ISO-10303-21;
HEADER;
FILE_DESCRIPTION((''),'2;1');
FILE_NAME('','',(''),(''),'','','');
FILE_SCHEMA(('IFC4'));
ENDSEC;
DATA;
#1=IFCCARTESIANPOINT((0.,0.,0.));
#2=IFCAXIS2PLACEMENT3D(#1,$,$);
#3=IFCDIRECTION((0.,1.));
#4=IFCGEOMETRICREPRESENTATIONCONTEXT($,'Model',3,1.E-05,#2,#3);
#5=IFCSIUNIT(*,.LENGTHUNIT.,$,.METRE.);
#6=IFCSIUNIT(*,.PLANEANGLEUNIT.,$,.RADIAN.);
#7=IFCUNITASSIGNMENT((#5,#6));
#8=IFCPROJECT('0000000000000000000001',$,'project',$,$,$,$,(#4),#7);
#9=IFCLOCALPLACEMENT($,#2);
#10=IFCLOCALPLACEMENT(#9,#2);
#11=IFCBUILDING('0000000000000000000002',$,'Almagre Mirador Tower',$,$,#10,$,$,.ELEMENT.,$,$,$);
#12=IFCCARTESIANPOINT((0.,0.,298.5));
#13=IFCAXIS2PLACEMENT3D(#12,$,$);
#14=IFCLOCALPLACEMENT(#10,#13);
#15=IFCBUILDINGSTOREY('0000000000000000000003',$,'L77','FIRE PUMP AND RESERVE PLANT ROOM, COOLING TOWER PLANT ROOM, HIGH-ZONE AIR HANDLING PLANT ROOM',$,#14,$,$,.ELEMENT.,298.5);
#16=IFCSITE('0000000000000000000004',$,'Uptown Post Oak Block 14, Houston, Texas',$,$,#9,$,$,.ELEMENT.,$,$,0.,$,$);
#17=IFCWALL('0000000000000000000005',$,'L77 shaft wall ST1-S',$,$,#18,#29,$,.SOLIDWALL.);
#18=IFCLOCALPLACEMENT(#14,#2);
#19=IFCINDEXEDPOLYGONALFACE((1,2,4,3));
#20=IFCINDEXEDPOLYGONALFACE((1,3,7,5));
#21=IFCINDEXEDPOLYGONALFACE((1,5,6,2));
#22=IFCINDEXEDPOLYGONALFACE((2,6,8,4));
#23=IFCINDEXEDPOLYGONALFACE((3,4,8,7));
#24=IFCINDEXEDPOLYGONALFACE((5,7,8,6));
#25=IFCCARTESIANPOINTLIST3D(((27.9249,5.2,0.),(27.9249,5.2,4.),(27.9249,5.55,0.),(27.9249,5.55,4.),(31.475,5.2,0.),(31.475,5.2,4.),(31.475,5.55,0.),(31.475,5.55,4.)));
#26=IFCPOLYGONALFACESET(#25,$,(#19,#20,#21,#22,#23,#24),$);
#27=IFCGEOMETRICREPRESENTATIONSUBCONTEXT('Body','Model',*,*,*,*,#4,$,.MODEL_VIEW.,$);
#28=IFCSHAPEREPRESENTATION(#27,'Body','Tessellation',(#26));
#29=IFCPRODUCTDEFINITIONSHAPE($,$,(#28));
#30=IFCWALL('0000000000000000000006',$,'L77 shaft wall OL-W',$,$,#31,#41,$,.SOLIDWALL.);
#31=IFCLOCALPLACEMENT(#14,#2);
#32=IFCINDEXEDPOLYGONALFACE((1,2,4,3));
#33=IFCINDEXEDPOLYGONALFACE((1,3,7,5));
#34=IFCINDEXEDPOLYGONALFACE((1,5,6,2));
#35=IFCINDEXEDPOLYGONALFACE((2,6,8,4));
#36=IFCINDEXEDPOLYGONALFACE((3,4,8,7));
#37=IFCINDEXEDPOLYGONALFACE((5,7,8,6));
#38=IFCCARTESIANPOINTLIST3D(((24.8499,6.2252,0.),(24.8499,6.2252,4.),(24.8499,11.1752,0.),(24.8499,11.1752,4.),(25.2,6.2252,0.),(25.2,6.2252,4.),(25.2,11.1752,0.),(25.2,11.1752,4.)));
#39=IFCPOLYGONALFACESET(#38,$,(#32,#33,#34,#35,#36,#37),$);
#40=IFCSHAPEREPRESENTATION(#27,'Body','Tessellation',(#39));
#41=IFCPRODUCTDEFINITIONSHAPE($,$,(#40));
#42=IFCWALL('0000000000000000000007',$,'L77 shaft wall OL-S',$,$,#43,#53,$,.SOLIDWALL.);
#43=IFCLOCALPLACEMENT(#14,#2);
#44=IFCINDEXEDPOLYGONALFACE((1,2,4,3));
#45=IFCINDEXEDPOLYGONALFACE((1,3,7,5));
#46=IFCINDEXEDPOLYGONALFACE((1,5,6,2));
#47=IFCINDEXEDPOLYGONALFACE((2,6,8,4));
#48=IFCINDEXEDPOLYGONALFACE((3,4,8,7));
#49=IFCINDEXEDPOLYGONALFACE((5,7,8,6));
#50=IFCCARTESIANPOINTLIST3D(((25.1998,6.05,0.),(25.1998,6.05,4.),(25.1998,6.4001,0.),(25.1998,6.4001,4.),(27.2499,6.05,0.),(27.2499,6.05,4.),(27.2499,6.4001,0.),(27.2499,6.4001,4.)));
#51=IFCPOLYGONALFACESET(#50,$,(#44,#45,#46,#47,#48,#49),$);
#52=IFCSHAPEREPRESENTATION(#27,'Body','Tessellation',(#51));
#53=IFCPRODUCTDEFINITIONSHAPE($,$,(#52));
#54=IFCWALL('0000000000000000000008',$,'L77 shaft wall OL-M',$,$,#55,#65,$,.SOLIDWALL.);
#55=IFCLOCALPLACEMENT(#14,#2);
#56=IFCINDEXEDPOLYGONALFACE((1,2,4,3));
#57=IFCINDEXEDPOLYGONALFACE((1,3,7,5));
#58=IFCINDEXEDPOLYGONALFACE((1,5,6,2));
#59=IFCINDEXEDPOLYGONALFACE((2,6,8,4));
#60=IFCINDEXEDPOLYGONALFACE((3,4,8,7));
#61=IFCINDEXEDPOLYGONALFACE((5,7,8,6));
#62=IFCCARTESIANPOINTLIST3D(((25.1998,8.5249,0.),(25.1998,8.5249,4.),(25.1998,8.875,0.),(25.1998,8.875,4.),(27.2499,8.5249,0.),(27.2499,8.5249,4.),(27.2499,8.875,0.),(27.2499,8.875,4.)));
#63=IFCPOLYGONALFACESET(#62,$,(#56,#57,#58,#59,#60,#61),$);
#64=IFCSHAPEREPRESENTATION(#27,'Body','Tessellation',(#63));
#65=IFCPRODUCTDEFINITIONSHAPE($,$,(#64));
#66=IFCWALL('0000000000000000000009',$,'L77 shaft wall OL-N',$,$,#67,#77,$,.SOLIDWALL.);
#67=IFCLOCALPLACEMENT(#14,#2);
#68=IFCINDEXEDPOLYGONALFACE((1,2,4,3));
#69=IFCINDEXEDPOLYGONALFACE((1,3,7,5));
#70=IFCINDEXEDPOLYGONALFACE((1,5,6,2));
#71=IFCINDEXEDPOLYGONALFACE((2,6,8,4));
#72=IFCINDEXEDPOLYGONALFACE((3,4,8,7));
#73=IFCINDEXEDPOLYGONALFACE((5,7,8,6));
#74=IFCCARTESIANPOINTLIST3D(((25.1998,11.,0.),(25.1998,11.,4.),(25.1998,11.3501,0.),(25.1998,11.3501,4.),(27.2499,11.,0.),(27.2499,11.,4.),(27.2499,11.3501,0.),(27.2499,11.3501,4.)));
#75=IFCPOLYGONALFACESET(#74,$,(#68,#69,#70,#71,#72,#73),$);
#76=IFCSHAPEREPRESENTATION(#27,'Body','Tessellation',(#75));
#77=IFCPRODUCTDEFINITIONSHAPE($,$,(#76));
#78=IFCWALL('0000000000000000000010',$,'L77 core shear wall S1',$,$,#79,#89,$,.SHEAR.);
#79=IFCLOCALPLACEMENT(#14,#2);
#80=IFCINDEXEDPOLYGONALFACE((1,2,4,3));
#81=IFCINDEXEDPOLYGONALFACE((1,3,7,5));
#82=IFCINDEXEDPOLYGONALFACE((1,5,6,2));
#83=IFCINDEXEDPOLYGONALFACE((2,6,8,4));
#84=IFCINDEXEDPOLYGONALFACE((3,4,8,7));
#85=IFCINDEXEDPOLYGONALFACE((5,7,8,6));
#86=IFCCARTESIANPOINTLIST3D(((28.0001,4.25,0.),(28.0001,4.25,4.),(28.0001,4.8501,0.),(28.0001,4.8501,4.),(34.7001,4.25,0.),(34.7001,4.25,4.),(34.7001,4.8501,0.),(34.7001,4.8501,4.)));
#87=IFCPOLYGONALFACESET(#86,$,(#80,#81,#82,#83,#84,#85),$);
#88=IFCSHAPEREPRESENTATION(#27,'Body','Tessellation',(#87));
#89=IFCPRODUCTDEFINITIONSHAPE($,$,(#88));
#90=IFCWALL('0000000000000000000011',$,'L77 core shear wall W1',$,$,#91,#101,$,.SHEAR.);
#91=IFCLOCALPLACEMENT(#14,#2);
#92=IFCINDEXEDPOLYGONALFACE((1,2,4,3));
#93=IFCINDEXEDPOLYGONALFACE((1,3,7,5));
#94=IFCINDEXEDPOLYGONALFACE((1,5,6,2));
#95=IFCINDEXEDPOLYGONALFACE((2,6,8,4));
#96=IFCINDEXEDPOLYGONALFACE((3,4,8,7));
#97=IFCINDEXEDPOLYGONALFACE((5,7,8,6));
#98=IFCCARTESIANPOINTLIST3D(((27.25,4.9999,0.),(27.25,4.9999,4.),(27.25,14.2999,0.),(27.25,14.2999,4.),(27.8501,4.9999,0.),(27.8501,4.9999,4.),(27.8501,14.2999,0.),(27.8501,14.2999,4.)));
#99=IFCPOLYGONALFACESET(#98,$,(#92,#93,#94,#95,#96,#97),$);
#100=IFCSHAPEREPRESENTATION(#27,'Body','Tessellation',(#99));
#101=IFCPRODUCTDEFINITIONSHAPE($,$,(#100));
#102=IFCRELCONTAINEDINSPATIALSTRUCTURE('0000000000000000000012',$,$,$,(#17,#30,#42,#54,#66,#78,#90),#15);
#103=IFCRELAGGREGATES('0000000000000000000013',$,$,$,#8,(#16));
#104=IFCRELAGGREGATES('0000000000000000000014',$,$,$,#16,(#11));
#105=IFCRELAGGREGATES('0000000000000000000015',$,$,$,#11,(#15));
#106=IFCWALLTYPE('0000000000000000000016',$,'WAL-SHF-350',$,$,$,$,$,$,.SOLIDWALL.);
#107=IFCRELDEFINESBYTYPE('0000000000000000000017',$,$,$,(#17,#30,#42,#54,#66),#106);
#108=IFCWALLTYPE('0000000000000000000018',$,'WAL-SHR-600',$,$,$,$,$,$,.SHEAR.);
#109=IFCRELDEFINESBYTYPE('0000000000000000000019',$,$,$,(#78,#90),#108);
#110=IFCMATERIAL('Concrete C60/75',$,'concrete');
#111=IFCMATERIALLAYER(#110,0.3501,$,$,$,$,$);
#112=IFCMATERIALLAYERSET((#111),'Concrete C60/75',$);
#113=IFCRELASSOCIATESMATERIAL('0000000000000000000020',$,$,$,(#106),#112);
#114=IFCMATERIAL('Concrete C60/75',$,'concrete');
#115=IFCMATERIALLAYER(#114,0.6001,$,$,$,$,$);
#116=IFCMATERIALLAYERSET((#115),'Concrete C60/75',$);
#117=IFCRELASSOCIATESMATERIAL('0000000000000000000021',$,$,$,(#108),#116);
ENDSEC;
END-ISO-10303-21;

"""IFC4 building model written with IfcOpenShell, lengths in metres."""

from ifc_helpers import new_model, si_unit, direction, frame, frame_2d, origin, place, context, subcontext, project, spatial, rectangle, extrude, material, layer, layer_set, type_object, element, save


model = new_model("IFC4")

# Units and contexts
model_context = context("Model", 3, precision=1e-05, world=origin(), true_north=direction((0.0, 1.0)))
body_context = subcontext(model_context, "Body", "Model", "MODEL_VIEW")
ifc_project = project(units=[si_unit("LENGTHUNIT", "METRE"), si_unit("PLANEANGLEUNIT", "RADIAN")], contexts=[model_context])

# Site, building, storey
site_placement = place(None, origin())
site = spatial("IfcSite", under=ifc_project, at=site_placement, Name="Uptown Post Oak Block 14, Houston, Texas", CompositionType="ELEMENT", RefElevation=0.0)
building_placement = place(site_placement, origin())
building = spatial("IfcBuilding", under=site, at=building_placement, Name="Almagre Mirador Tower", CompositionType="ELEMENT")
storey_placement = place(building_placement, frame((0.0, 0.0, 298.5)))
storey = spatial("IfcBuildingStorey", under=building, at=storey_placement, Name="L77", Description="FIRE PUMP AND RESERVE PLANT ROOM, COOLING TOWER PLANT ROOM, HIGH-ZONE AIR HANDLING PLANT ROOM", CompositionType="ELEMENT", Elevation=298.5)

# Walls
ifc_material_1 = material(Name="Concrete C60/75", Category="concrete")
ifc_layer_1 = layer(ifc_material_1, 0.3501)
ifc_layer_set_1 = layer_set([ifc_layer_1], Name="Concrete C60/75")
wall_type_1 = type_object("IfcWallType", Name="WAL-SHF-350", PredefinedType="SOLIDWALL", material=ifc_layer_set_1)
wall_1_placement = place(storey_placement, frame((27.925, 5.375, 0.0), z_axis=(0.0, 0.0, 1.0), x_axis=(1.0, 0.0, 0.0)))
element("IfcWall", 1, at=wall_1_placement, inside=storey, type_object=wall_type_1, Name="L77 shaft wall ST1-S", PredefinedType="SOLIDWALL", context=body_context, shape_type="SweptSolid", body=[
    extrude(rectangle(XDim=3.55, YDim=0.3501, at=frame_2d((1.7749, 0.0))), origin(), (0.0, 0.0, 1.0), 4.0),
])
wall_2_placement = place(storey_placement, frame((25.0249, 6.2251, 0.0), z_axis=(0.0, 0.0, 1.0), x_axis=(0.0, 1.0, 0.0)))
element("IfcWall", 2, at=wall_2_placement, inside=storey, type_object=wall_type_1, Name="L77 shaft wall OL-W", PredefinedType="SOLIDWALL", context=body_context, shape_type="SweptSolid", body=[
    extrude(rectangle(XDim=4.95, YDim=0.3501, at=frame_2d((2.4751, 0.0))), origin(), (0.0, 0.0, 1.0), 4.0),
])
for number, where, z_axis, x_axis, name in (
    (3, (25.2, 6.2251, 0.0), (0.0, 0.0, 1.0), (1.0, 0.0, 0.0), "L77 shaft wall OL-S"),
    (4, (25.2, 8.7, 0.0), (0.0, 0.0, 1.0), (1.0, 0.0, 0.0), "L77 shaft wall OL-M"),
    (5, (25.2, 11.175, 0.0), (0.0, 0.0, 1.0), (1.0, 0.0, 0.0), "L77 shaft wall OL-N"),
):
    element("IfcWall", number, at=place(storey_placement, frame(where, z_axis=z_axis, x_axis=x_axis)), inside=storey, type_object=wall_type_1, Name=name, PredefinedType="SOLIDWALL", context=body_context, shape_type="SweptSolid", body=[
        extrude(rectangle(XDim=2.05, YDim=0.3501, at=frame_2d((1.0249, 0.0))), origin(), (0.0, 0.0, 1.0), 4.0),
    ])
ifc_material_2 = material(Name="Concrete C60/75", Category="concrete")
ifc_layer_2 = layer(ifc_material_2, 0.6001)
ifc_layer_set_2 = layer_set([ifc_layer_2], Name="Concrete C60/75")
wall_type_2 = type_object("IfcWallType", Name="WAL-SHR-600", PredefinedType="SHEAR", material=ifc_layer_set_2)
wall_3_placement = place(storey_placement, frame((28.0, 4.55, 0.0), z_axis=(0.0, 0.0, 1.0), x_axis=(1.0, 0.0, 0.0)))
element("IfcWall", 6, at=wall_3_placement, inside=storey, type_object=wall_type_2, Name="L77 core shear wall S1", PredefinedType="SHEAR", context=body_context, shape_type="SweptSolid", body=[
    extrude(rectangle(XDim=6.7, YDim=0.6001, at=frame_2d((3.3501, 0.0))), origin(), (0.0, 0.0, 1.0), 4.0),
])

# Wall
wall_4_placement = place(storey_placement, frame((27.55, 5.0, 0.0), z_axis=(0.0, 0.0, 1.0), x_axis=(0.0, 1.0, 0.0)))
element("IfcWall", 7, at=wall_4_placement, inside=storey, type_object=wall_type_2, Name="L77 core shear wall W1", PredefinedType="SHEAR", context=body_context, shape_type="SweptSolid", body=[
    extrude(rectangle(XDim=9.3, YDim=0.6001, at=frame_2d((4.6499, 0.0))), origin(), (0.0, 0.0, 1.0), 4.0),
])

save(model, "model.ifc")
